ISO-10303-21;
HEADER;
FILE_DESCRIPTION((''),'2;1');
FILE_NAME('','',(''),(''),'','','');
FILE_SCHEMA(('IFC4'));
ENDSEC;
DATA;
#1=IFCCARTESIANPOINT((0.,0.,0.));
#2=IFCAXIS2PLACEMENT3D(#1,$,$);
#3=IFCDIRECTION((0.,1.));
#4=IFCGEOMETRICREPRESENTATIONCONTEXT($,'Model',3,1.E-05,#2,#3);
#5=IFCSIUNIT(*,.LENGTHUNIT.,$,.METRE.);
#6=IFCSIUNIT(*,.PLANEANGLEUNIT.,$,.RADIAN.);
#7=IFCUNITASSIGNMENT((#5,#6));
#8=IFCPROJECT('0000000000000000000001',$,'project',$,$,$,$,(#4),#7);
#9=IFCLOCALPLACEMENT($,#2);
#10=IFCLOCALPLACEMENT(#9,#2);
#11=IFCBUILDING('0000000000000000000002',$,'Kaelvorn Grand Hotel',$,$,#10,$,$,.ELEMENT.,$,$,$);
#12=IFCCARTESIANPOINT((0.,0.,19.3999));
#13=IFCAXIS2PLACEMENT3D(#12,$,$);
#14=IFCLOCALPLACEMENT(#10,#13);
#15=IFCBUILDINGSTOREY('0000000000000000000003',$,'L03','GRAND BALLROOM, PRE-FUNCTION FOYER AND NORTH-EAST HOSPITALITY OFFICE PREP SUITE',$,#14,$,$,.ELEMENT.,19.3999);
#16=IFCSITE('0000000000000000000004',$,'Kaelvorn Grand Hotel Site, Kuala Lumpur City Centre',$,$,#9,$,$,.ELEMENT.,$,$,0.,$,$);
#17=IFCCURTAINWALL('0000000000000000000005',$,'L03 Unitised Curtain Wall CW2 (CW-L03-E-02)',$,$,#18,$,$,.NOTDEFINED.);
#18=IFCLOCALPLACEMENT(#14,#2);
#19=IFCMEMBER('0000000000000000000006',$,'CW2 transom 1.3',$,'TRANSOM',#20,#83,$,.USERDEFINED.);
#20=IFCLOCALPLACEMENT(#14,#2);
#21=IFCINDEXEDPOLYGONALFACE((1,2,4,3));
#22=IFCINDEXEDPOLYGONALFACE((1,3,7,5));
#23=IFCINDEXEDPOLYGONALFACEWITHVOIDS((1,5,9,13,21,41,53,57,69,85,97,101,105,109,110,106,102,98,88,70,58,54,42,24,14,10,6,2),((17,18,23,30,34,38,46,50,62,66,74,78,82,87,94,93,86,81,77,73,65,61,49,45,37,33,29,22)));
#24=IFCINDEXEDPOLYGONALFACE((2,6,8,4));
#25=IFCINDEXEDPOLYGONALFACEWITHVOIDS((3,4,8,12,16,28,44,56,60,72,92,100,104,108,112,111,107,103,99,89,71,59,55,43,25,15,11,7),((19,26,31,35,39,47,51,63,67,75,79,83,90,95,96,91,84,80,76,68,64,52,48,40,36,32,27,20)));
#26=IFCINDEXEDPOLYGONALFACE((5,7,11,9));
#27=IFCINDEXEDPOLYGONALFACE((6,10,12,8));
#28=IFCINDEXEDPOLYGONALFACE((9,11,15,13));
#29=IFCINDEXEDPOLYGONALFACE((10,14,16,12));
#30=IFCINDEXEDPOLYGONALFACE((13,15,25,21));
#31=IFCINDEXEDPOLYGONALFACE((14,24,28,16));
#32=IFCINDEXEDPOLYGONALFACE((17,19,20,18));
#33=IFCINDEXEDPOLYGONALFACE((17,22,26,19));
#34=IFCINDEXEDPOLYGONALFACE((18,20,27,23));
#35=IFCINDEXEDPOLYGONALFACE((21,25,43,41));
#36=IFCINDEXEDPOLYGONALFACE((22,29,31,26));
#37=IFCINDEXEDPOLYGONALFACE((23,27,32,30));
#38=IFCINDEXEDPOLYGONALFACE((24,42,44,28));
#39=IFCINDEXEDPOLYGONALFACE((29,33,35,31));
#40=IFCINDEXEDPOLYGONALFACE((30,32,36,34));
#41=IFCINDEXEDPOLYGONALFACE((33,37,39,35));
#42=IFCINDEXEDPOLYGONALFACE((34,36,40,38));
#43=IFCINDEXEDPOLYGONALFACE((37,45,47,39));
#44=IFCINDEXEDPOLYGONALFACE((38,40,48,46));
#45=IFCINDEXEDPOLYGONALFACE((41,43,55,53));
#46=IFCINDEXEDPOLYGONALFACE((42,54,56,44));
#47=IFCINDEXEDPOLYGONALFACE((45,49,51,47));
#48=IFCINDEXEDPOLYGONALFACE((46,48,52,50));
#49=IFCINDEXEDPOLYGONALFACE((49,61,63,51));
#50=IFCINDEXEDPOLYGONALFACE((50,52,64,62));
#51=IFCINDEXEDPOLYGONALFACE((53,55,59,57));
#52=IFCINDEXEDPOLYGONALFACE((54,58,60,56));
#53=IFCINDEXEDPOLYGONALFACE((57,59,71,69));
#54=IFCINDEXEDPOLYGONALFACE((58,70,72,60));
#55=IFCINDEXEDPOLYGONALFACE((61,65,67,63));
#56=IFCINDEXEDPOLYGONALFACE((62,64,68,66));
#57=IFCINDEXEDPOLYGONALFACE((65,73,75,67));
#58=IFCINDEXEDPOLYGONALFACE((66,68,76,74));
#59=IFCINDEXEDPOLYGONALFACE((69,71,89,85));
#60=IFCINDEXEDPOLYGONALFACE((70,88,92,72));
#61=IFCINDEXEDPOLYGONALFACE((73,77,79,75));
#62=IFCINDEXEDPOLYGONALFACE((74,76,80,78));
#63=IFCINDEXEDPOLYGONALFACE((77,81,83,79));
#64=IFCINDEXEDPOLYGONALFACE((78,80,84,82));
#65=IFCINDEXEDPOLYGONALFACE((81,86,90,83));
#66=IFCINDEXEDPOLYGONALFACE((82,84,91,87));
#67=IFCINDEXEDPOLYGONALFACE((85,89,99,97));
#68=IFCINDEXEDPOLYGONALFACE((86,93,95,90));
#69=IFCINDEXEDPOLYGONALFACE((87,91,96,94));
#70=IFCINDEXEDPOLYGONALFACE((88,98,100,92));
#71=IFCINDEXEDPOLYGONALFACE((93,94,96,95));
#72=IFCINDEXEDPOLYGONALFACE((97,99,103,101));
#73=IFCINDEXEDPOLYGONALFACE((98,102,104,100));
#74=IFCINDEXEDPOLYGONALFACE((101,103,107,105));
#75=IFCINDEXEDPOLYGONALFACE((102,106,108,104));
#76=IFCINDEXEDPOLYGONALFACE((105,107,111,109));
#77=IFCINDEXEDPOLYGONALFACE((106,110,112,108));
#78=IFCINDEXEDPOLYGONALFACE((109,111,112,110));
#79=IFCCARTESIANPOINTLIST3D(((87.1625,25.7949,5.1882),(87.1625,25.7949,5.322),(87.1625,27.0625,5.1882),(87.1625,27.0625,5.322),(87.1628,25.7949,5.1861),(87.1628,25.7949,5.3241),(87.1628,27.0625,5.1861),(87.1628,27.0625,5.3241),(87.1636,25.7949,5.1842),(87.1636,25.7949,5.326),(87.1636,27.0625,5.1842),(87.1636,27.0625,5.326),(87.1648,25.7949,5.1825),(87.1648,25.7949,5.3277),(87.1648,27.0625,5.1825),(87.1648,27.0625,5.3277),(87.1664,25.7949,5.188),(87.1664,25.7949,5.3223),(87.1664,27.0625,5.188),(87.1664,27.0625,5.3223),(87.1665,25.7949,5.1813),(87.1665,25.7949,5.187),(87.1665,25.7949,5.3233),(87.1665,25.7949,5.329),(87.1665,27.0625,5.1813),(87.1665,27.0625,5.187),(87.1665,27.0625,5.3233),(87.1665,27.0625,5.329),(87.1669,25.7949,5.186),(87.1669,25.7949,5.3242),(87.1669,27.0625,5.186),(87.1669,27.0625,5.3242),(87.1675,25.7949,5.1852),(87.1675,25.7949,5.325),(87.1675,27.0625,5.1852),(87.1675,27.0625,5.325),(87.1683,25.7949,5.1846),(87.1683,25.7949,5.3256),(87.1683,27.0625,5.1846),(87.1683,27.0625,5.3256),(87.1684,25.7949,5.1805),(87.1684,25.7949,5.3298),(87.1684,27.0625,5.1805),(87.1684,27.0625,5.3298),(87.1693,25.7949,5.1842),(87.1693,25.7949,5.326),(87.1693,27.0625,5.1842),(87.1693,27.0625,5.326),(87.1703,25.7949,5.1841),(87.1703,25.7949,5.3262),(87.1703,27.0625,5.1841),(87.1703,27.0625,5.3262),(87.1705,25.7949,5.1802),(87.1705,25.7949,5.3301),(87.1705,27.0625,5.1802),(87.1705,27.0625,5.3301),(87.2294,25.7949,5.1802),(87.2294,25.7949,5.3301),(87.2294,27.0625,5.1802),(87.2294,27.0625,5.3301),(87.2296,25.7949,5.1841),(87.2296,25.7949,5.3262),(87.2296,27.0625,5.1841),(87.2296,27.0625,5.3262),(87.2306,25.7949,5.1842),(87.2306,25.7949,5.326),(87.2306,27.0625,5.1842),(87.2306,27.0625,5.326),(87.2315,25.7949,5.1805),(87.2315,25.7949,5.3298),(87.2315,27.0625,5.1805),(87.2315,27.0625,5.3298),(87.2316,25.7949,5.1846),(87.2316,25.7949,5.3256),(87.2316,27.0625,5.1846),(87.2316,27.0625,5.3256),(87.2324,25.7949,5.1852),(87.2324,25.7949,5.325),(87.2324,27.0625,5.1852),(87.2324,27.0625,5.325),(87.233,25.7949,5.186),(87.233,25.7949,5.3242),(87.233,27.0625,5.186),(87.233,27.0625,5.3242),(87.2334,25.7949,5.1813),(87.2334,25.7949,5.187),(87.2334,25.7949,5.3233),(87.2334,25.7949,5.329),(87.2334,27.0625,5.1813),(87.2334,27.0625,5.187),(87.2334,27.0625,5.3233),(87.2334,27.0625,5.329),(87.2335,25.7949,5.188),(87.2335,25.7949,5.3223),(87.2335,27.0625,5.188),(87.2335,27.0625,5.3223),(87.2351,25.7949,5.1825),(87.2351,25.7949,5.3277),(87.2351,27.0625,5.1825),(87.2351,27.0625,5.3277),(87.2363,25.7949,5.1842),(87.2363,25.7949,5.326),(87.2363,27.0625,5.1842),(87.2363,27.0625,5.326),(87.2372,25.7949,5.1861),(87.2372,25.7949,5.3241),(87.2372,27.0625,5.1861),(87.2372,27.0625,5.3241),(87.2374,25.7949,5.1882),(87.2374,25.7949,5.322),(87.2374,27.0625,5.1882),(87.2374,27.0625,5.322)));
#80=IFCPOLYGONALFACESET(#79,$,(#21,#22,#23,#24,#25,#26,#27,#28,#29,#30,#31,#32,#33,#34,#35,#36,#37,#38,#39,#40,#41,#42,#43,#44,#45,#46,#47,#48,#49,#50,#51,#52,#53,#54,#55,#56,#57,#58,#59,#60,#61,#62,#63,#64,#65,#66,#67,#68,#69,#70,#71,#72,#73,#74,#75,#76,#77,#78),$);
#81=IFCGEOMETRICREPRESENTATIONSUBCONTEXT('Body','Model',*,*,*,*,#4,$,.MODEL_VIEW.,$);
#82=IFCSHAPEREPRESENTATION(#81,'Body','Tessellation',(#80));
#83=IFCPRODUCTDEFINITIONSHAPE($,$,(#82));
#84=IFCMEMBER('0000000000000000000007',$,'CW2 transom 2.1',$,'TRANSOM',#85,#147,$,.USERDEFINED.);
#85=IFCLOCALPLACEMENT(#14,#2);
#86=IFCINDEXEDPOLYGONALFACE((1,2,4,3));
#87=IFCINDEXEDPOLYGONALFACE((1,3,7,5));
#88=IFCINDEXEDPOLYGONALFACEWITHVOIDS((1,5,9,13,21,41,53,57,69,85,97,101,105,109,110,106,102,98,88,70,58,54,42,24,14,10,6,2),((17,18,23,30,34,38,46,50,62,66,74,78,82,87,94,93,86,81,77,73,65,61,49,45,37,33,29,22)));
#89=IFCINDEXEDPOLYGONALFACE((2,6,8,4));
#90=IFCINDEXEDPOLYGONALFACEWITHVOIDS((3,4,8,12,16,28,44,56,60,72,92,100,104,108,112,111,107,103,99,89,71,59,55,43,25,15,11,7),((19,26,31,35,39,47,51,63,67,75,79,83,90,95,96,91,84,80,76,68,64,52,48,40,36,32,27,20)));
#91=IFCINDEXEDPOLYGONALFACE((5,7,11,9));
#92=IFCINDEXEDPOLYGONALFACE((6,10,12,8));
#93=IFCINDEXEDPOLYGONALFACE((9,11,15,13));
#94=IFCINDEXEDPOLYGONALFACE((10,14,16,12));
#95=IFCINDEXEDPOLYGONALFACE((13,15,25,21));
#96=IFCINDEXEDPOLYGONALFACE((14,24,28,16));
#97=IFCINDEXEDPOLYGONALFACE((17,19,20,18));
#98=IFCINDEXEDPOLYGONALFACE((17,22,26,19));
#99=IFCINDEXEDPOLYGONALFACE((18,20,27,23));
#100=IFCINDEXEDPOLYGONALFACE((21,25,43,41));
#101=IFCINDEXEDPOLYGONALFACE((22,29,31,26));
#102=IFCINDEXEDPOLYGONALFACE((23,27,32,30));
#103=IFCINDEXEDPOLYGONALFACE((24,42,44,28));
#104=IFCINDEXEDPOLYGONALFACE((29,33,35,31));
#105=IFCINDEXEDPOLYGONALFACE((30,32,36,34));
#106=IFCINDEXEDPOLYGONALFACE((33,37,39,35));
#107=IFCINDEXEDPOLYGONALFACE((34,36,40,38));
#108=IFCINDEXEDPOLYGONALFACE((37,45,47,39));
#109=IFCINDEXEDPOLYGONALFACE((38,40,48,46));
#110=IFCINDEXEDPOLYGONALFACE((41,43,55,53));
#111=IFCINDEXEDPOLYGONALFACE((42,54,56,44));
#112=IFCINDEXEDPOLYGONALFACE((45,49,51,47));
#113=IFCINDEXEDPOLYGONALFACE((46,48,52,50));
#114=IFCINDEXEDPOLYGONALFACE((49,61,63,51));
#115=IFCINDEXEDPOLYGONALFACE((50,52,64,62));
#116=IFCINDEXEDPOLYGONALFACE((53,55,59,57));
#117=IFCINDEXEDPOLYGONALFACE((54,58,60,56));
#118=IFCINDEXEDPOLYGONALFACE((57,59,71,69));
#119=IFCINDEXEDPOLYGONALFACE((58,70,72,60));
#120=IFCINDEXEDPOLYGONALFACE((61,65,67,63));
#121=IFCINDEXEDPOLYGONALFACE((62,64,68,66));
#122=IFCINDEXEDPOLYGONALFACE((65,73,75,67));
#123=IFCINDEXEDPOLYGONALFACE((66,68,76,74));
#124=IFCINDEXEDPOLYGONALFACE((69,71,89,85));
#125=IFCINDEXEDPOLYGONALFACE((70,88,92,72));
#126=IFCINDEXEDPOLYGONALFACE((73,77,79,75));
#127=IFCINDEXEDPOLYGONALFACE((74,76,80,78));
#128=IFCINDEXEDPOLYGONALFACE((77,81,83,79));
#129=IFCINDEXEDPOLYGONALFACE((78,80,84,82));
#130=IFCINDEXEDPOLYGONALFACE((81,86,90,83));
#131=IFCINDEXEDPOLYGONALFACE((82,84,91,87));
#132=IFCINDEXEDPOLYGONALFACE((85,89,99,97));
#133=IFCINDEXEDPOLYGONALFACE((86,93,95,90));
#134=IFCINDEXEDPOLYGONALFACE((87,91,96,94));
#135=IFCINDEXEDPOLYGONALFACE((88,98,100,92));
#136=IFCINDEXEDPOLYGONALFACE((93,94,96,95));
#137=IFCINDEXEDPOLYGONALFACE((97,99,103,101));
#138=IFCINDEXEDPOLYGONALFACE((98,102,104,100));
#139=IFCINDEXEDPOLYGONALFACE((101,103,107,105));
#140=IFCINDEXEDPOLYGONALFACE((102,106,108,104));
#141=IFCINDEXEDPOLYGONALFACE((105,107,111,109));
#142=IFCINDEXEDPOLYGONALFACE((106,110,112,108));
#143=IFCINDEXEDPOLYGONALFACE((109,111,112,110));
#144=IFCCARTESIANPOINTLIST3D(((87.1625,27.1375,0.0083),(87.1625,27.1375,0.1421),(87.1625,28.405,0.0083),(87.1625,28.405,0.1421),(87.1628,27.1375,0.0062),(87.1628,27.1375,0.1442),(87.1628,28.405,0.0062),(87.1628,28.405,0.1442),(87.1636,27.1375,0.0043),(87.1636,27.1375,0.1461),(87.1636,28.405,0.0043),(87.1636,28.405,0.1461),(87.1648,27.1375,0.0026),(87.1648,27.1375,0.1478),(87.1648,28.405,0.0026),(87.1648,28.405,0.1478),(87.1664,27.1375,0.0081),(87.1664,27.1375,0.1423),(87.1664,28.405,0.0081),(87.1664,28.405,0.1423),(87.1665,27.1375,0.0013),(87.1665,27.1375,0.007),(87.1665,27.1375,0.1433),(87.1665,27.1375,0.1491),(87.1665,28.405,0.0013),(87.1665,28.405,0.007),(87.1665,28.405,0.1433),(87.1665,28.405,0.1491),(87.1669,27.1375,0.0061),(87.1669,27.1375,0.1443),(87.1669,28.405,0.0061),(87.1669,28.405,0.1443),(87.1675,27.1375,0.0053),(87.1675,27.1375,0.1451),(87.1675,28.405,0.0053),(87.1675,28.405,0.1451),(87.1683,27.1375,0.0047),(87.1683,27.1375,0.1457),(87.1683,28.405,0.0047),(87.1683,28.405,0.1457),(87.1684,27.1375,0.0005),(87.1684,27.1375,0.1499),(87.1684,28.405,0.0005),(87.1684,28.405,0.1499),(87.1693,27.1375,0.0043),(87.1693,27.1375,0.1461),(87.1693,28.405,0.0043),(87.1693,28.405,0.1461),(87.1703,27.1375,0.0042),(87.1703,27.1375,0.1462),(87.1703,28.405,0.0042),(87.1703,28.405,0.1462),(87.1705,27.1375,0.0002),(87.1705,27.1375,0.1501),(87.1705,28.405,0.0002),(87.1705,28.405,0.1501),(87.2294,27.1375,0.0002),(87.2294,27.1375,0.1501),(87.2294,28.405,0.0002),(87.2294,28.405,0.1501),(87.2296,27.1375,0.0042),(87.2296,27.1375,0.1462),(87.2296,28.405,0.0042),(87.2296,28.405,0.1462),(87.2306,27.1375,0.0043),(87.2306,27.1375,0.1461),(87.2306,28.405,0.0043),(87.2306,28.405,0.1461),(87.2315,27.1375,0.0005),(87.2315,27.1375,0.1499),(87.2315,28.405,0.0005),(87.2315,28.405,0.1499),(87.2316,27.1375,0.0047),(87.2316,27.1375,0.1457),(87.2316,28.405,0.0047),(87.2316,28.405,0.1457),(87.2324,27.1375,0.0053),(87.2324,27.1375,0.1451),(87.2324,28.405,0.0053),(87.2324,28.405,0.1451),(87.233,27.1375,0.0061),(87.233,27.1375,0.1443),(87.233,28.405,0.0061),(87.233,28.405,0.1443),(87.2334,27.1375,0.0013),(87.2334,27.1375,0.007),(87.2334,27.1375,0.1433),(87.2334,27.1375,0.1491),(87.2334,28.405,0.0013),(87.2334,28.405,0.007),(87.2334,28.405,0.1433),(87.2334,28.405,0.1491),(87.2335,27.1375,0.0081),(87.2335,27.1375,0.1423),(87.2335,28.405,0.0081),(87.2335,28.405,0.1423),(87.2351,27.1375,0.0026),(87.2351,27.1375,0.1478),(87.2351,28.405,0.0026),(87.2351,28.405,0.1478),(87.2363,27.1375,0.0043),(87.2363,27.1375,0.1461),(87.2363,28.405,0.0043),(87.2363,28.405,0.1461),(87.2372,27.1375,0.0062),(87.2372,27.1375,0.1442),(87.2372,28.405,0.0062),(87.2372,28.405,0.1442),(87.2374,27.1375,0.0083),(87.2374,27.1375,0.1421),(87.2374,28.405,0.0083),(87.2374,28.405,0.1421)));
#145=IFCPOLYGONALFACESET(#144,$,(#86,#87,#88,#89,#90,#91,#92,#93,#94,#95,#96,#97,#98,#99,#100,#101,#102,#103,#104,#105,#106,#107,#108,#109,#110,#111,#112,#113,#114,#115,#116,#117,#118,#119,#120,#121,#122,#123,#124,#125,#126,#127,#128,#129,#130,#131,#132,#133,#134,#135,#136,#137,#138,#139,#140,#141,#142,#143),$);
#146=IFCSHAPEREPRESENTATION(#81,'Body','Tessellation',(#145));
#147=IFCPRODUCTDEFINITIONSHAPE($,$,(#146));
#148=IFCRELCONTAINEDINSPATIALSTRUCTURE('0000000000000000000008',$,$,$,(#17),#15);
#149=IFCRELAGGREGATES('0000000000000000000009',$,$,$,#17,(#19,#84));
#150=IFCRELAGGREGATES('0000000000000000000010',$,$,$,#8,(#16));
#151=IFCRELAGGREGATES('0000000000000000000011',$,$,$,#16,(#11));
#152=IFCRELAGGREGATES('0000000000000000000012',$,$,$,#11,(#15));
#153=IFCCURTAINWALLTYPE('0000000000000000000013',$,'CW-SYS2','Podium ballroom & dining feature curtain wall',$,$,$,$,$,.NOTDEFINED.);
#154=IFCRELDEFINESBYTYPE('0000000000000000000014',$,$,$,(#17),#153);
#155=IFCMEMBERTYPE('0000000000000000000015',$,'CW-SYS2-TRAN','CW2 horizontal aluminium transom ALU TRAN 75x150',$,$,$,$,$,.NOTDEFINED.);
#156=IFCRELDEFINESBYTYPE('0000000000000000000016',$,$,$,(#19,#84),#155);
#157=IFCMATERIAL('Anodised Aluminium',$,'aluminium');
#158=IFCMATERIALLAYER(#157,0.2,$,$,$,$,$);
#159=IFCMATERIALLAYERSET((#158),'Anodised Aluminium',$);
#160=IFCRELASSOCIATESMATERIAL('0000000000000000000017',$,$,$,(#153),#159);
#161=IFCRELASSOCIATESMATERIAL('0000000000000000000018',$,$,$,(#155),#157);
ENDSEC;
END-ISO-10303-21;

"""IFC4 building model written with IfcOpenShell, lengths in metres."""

from ifc_helpers import new_model, si_unit, direction, frame, origin, origin_2d, place, context, subcontext, project, spatial, hollow_rectangle, extrude, material, layer, layer_set, material_profile, profile_set, type_object, element, aggregate, save


model = new_model("IFC4")

# Units and contexts
model_context = context("Model", 3, precision=1e-05, world=origin(), true_north=direction((0.0, 1.0)))
body_context = subcontext(model_context, "Body", "Model", "MODEL_VIEW")
ifc_project = project(units=[si_unit("LENGTHUNIT", "METRE"), si_unit("PLANEANGLEUNIT", "RADIAN")], contexts=[model_context])

# Site, building, storey
site_placement = place(None, origin())
site = spatial("IfcSite", under=ifc_project, at=site_placement, Name="Kaelvorn Grand Hotel Site, Kuala Lumpur City Centre", CompositionType="ELEMENT", RefElevation=0.0)
building_placement = place(site_placement, origin())
building = spatial("IfcBuilding", under=site, at=building_placement, Name="Kaelvorn Grand Hotel", CompositionType="ELEMENT")
storey_placement = place(building_placement, frame((0.0, 0.0, 19.3999)))
storey = spatial("IfcBuildingStorey", under=building, at=storey_placement, Name="L03", Description="GRAND BALLROOM, PRE-FUNCTION FOYER AND NORTH-EAST HOSPITALITY OFFICE PREP SUITE", CompositionType="ELEMENT", Elevation=19.3999)

# Shared definitions
ifc_material_1 = material(Name="Anodised Aluminium", Category="aluminium")
ifc_layer_1 = layer(ifc_material_1, 0.2)
ifc_layer_set_1 = layer_set([ifc_layer_1], Name="Anodised Aluminium")
curtain_wall_type = type_object("IfcCurtainWallType", Name="CW-SYS2", Description="Podium ballroom & dining feature curtain wall", PredefinedType="NOTDEFINED", material=ifc_layer_set_1)

# Curtain wall
curtain_wall_1_placement = place(storey_placement, origin())
curtain_wall_1 = element("IfcCurtainWall", 1, at=curtain_wall_1_placement, inside=storey, type_object=curtain_wall_type, Name="L03 Unitised Curtain Wall CW2 (CW-L03-E-02)", PredefinedType="NOTDEFINED")

# Members
ifc_material_profile_1 = material_profile(ifc_material_1, hollow_rectangle(XDim=0.075, YDim=0.1499, WallThickness=0.0039, InnerFilletRadius=0.0039, OuterFilletRadius=0.0081, at=origin_2d()), Name="ALU TRAN 75x150")
ifc_profile_set_1 = profile_set([ifc_material_profile_1], Name="Anodised Aluminium")
member_type_1 = type_object("IfcMemberType", Name="CW-SYS2-TRAN", Description="CW2 horizontal aluminium transom ALU TRAN 75x150", PredefinedType="NOTDEFINED", material=ifc_profile_set_1)
member_1_placement = place(storey_placement, frame((87.2, 25.7949, 5.2551), z_axis=(0.0, 1.0, 0.0), x_axis=(-1.0, 0.0, 0.0)))
member_1 = element("IfcMember", 2, at=member_1_placement, type_object=member_type_1, Name="CW2 transom 1.3", ObjectType="TRANSOM", PredefinedType="USERDEFINED", context=body_context, shape_type="SweptSolid", body=[
    extrude(hollow_rectangle(XDim=0.075, YDim=0.1499, WallThickness=0.0039, InnerFilletRadius=0.0039, OuterFilletRadius=0.0081, at=origin_2d()), origin(), (0.0, 0.0, 1.0), 1.2676),
])
member_2_placement = place(storey_placement, frame((87.2, 27.1375, 0.0752), z_axis=(0.0, 1.0, 0.0), x_axis=(-1.0, 0.0, 0.0)))
member_2 = element("IfcMember", 3, at=member_2_placement, type_object=member_type_1, Name="CW2 transom 2.1", ObjectType="TRANSOM", PredefinedType="USERDEFINED", context=body_context, shape_type="SweptSolid", body=[
    extrude(hollow_rectangle(XDim=0.075, YDim=0.1499, WallThickness=0.0039, InnerFilletRadius=0.0039, OuterFilletRadius=0.0081, at=origin_2d()), origin(), (0.0, 0.0, 1.0), 1.2676),
])

aggregate(curtain_wall_1, [member_1, member_2])

save(model, "model.ifc")
